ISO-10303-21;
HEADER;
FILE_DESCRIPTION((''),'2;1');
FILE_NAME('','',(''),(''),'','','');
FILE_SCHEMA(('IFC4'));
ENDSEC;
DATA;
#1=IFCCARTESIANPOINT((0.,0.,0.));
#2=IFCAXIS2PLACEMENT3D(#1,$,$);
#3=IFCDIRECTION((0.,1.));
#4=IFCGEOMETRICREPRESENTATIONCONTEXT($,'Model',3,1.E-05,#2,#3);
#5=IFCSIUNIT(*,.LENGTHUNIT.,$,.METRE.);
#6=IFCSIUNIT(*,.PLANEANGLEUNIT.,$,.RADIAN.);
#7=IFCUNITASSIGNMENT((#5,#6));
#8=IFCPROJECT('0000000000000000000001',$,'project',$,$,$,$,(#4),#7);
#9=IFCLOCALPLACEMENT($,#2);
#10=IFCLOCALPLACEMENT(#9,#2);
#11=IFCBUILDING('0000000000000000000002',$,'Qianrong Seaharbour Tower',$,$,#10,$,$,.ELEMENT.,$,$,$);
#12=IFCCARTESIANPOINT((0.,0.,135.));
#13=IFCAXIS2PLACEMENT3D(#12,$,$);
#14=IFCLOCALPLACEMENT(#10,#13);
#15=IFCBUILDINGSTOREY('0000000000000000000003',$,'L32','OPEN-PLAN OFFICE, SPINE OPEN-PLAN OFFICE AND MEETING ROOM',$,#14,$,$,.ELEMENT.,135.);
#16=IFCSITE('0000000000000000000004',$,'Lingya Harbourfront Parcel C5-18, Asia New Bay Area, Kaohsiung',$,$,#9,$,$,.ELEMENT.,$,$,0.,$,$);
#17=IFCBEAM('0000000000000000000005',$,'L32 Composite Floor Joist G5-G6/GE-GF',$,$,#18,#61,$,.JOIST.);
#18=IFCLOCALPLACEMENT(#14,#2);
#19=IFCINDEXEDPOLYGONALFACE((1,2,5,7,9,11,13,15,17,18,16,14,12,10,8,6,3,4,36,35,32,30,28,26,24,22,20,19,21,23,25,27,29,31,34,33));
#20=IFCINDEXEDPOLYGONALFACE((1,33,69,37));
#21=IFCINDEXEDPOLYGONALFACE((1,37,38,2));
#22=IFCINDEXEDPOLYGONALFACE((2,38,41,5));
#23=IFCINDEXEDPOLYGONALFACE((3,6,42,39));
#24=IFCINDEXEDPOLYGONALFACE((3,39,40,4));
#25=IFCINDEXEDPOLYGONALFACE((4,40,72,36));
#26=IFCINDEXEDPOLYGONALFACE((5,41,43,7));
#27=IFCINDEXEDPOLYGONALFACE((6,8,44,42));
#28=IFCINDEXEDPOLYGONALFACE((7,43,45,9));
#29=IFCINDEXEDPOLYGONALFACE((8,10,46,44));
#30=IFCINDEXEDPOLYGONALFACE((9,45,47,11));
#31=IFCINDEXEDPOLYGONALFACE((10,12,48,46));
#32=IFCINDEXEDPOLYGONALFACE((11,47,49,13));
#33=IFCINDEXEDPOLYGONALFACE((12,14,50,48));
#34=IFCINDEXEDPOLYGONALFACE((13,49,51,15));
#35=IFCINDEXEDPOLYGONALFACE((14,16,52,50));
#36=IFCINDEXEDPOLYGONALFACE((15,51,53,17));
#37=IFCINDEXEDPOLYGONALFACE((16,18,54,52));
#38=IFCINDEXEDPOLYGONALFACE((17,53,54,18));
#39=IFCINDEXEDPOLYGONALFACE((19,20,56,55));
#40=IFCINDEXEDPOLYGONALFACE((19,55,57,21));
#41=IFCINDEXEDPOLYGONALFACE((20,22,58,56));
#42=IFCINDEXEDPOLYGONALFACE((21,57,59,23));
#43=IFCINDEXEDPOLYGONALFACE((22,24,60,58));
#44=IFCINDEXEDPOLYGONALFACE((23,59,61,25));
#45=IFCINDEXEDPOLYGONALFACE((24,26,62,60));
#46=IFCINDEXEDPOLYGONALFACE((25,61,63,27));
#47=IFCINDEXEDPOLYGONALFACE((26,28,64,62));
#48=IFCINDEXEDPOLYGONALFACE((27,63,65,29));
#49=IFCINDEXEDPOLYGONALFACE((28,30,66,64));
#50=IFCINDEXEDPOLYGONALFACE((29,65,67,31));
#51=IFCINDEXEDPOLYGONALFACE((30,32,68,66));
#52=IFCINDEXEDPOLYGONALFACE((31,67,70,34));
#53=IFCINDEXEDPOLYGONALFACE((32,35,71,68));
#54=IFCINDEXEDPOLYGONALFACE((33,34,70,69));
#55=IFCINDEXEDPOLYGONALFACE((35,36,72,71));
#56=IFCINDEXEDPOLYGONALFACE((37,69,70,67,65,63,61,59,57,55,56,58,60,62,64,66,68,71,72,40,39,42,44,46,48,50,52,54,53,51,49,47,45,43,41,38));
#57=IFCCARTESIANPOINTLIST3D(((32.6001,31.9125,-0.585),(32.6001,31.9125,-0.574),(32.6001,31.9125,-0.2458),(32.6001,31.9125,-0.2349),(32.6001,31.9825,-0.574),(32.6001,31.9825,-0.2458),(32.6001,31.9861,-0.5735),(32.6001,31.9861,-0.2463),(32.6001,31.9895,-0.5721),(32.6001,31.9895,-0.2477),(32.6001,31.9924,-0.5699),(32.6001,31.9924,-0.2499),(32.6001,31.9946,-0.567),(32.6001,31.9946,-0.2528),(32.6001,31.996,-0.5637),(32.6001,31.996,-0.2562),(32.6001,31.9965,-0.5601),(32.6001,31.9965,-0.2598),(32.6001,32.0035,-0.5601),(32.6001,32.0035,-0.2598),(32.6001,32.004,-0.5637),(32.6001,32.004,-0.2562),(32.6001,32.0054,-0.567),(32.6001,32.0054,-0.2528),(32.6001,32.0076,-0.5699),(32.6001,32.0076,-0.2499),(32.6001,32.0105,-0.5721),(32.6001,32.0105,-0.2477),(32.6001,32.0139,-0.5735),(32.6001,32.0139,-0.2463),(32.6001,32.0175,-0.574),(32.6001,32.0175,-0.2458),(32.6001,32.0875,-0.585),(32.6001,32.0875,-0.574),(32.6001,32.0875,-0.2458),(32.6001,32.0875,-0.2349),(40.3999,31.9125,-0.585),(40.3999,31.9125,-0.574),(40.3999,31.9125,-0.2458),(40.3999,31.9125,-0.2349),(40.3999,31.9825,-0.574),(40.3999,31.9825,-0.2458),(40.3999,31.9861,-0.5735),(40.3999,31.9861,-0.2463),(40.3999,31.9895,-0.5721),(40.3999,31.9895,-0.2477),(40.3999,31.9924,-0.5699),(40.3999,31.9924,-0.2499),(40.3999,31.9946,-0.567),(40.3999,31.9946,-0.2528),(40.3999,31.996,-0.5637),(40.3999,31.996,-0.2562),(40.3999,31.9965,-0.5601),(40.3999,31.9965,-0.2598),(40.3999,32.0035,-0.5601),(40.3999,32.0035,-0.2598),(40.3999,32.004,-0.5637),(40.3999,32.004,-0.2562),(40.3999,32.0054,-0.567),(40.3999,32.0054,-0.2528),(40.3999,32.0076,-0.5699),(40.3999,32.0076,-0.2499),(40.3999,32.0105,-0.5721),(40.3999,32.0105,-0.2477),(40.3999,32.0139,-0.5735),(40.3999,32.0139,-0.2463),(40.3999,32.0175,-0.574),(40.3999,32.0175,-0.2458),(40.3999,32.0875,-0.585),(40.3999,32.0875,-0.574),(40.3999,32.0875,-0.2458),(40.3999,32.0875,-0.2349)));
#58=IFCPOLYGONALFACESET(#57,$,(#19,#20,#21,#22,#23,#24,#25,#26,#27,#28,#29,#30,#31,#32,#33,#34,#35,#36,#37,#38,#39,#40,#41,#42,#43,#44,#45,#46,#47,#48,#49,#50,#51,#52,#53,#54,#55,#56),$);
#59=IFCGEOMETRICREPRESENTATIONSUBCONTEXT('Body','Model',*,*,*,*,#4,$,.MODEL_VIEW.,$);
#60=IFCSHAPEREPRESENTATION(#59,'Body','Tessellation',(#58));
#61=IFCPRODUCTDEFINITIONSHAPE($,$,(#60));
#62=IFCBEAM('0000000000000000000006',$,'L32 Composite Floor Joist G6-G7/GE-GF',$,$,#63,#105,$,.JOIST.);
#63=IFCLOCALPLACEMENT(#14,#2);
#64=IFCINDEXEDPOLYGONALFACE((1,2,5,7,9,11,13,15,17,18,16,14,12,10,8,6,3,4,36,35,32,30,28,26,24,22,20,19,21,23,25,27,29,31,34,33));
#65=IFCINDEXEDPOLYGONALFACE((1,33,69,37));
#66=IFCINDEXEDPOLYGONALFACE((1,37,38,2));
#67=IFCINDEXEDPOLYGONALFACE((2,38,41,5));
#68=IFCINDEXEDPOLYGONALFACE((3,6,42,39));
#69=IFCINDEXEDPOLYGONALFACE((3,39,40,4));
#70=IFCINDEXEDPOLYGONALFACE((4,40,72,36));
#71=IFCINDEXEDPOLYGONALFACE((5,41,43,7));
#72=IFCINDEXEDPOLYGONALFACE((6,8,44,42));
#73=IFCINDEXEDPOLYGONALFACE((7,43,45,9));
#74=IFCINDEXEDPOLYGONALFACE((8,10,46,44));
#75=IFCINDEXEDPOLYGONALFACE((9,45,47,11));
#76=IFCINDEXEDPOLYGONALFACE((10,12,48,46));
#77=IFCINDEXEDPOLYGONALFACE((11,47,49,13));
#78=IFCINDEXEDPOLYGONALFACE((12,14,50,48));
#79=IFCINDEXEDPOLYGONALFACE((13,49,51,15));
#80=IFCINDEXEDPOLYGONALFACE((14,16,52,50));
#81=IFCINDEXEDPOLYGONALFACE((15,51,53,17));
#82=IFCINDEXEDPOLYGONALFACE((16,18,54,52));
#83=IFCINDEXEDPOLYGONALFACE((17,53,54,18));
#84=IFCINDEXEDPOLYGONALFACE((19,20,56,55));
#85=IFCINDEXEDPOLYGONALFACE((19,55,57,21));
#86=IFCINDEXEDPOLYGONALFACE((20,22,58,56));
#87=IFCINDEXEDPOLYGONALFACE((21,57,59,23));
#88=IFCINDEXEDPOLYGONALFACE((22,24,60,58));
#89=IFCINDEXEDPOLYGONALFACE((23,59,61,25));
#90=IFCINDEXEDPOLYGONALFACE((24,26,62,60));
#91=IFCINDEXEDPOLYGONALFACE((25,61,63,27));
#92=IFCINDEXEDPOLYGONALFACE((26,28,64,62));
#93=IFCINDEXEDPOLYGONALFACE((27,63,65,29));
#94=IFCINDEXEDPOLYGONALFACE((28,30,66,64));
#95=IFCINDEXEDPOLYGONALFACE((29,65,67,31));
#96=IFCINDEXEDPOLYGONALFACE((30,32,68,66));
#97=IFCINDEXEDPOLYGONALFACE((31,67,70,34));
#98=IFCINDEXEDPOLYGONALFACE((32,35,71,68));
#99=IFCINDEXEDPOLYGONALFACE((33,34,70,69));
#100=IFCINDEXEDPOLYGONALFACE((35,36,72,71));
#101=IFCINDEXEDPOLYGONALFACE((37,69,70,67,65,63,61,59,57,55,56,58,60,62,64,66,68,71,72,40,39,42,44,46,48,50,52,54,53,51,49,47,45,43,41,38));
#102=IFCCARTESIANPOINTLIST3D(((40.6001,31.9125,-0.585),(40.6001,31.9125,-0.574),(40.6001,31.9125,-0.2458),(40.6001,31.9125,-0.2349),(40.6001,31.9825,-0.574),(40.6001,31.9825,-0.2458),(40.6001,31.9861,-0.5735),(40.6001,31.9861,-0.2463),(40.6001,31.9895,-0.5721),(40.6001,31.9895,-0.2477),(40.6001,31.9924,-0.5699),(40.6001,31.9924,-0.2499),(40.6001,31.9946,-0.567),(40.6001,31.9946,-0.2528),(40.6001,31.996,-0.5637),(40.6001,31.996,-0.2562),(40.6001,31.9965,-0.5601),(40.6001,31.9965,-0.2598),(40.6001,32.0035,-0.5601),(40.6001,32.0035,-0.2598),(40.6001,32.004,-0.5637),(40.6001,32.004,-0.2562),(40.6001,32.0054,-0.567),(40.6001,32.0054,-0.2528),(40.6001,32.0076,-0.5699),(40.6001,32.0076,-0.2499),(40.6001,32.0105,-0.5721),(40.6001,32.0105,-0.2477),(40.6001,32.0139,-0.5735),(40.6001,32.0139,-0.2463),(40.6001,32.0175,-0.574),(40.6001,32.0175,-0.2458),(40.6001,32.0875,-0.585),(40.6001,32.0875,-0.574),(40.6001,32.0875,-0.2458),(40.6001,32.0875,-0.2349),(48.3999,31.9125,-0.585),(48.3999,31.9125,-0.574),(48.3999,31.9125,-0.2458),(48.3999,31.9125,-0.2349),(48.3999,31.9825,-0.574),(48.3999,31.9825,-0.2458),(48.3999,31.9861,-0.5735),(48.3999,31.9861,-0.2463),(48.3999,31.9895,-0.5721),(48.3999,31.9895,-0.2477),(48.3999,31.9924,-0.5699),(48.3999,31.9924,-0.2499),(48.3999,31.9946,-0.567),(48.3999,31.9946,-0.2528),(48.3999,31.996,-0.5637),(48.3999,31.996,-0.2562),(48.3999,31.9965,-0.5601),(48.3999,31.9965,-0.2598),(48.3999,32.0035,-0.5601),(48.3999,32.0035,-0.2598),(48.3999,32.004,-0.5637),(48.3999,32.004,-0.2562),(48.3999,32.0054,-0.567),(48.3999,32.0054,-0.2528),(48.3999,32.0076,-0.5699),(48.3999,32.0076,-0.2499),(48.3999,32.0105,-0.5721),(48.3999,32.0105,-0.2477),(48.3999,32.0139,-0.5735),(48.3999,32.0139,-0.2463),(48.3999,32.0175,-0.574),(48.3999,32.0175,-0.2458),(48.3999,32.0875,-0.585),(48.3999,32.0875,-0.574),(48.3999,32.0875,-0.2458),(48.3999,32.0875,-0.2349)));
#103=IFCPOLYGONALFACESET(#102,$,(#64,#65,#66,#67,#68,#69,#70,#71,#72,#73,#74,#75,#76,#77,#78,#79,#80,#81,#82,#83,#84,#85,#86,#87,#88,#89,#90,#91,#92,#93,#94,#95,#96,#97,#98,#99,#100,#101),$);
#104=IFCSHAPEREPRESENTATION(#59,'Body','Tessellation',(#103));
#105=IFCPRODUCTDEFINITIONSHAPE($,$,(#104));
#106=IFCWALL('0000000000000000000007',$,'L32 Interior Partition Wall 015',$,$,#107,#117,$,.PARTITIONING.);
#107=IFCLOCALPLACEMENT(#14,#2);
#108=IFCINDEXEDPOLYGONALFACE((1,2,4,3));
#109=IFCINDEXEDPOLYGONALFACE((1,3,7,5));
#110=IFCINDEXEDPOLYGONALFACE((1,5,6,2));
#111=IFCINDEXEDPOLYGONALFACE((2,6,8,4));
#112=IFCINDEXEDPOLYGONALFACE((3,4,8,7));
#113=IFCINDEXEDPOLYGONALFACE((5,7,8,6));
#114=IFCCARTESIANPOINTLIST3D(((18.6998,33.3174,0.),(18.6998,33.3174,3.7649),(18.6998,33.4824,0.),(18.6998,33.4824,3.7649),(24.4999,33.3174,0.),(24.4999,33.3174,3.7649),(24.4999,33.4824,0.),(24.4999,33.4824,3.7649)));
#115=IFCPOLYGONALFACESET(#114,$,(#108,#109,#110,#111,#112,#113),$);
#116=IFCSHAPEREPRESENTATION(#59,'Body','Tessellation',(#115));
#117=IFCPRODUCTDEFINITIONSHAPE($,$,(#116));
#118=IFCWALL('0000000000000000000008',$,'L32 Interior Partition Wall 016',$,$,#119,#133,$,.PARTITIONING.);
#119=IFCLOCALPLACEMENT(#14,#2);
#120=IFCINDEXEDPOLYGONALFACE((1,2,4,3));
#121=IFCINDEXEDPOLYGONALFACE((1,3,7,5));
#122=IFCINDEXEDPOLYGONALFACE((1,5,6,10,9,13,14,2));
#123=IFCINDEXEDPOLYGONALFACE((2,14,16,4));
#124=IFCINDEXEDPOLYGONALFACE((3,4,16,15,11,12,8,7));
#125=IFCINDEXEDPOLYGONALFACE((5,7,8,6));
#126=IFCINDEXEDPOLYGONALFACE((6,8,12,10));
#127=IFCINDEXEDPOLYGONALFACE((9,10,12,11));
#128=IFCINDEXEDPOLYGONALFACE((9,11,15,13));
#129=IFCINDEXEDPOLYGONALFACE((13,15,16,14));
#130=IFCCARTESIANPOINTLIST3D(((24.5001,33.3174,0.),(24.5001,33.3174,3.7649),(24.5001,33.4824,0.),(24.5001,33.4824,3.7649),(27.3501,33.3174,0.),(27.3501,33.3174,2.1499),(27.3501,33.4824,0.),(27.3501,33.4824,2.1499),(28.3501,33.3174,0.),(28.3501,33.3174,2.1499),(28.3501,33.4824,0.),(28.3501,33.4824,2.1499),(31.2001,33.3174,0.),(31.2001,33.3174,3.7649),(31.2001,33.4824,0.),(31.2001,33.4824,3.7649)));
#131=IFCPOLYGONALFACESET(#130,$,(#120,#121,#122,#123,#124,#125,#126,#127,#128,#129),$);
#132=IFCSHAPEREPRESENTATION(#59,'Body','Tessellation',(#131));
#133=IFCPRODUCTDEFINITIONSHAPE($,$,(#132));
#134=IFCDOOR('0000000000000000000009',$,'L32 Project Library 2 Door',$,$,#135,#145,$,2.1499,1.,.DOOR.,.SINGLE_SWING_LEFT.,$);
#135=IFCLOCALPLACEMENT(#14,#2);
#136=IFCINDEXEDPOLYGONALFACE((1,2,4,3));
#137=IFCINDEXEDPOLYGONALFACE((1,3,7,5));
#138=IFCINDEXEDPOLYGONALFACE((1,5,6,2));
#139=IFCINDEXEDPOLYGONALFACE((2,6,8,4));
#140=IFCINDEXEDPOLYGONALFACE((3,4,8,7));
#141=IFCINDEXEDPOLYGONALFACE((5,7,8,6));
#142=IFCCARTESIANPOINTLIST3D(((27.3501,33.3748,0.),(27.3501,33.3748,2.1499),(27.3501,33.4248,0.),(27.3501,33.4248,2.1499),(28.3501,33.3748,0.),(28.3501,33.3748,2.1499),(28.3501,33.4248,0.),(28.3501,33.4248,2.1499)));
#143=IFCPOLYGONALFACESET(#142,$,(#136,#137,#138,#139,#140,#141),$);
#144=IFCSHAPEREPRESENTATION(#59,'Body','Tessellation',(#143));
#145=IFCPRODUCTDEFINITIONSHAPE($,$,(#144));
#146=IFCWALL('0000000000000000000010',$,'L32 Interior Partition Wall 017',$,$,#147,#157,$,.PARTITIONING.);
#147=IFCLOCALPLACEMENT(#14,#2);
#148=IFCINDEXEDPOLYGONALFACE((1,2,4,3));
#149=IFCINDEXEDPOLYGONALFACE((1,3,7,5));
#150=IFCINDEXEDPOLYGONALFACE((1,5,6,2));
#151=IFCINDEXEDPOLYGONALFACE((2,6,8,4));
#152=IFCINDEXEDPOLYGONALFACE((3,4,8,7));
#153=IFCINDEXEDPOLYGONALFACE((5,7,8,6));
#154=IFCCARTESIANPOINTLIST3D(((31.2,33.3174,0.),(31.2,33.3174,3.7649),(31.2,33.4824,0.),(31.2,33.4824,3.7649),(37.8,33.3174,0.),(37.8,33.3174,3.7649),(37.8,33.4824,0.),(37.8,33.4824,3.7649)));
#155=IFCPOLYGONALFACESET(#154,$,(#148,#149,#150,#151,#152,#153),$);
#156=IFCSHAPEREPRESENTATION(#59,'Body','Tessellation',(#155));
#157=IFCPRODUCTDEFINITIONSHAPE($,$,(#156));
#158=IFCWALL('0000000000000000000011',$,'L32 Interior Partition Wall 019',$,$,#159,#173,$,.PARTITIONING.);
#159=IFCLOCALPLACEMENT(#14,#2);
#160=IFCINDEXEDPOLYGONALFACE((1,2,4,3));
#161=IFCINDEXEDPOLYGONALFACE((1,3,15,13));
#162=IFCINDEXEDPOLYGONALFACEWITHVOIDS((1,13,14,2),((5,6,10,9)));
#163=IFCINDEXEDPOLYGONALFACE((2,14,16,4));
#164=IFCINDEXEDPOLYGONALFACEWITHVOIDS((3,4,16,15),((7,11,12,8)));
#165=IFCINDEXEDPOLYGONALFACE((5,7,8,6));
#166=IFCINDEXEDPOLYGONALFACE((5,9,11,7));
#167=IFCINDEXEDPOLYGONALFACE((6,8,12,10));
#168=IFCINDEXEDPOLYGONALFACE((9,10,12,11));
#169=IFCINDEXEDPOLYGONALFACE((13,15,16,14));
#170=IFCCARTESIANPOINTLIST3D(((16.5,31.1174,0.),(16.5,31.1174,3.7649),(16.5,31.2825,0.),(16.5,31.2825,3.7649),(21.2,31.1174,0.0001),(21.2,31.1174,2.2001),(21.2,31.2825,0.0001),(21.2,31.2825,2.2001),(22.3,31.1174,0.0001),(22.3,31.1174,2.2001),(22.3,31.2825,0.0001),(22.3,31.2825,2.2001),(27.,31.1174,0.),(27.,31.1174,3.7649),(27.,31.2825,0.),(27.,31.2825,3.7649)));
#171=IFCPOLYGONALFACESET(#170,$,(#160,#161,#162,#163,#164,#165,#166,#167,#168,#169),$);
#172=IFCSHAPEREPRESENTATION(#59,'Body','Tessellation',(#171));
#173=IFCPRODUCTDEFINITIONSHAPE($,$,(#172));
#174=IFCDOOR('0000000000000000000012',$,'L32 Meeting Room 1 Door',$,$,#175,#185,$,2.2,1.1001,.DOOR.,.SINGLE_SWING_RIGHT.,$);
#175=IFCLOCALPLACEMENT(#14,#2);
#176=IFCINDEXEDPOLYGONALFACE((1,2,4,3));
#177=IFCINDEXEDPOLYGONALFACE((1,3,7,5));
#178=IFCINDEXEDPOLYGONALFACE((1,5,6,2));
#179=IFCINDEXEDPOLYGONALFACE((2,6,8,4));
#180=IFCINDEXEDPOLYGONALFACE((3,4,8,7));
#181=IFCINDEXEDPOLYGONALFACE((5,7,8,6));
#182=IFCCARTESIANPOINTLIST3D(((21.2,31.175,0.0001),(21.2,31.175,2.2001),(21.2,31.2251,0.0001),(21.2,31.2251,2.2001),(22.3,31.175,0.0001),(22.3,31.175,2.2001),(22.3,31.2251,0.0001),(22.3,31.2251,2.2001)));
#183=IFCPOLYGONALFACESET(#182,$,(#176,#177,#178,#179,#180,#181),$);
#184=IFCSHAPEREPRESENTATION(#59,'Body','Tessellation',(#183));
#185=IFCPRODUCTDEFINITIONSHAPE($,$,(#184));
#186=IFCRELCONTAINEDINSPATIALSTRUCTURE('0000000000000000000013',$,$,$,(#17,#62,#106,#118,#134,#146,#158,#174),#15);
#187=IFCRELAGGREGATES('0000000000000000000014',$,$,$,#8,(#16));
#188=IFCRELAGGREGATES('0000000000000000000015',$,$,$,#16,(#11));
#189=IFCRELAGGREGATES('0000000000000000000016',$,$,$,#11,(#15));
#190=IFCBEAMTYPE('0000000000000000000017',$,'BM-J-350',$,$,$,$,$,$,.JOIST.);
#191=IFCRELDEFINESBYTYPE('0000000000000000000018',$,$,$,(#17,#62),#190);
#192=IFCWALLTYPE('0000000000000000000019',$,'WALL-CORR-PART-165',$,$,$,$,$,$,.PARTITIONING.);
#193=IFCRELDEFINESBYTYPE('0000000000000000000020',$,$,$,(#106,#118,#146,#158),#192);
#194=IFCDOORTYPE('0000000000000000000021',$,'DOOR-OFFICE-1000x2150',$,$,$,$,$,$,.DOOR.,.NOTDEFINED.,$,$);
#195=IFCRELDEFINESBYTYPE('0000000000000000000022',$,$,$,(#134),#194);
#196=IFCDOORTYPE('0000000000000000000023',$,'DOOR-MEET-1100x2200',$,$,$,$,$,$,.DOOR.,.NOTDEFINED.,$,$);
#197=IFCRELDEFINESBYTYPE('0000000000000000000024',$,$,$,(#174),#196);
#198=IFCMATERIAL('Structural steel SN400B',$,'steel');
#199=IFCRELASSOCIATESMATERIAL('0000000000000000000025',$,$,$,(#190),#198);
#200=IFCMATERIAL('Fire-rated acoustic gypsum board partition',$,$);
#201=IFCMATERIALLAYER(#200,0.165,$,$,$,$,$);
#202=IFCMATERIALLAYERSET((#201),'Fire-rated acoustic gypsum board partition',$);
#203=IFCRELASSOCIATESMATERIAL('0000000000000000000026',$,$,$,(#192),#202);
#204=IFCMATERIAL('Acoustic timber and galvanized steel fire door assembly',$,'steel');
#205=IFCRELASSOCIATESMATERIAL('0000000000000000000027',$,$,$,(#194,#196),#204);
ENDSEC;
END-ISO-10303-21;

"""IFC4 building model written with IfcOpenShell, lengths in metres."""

from ifc_helpers import new_model, si_unit, direction, frame, frame_2d, origin, origin_2d, place, context, subcontext, project, spatial, rectangle, i_section, extrude, material, layer, layer_set, material_profile, profile_set, type_object, element, fill, save


model = new_model("IFC4")

# Units and contexts
model_context = context("Model", 3, precision=1e-05, world=origin(), true_north=direction((0.0, 1.0)))
body_context = subcontext(model_context, "Body", "Model", "MODEL_VIEW")
ifc_project = project(units=[si_unit("LENGTHUNIT", "METRE"), si_unit("PLANEANGLEUNIT", "RADIAN")], contexts=[model_context])

# Site, building, storey
site_placement = place(None, origin())
site = spatial("IfcSite", under=ifc_project, at=site_placement, Name="Lingya Harbourfront Parcel C5-18, Asia New Bay Area, Kaohsiung", CompositionType="ELEMENT", RefElevation=0.0)
building_placement = place(site_placement, origin())
building = spatial("IfcBuilding", under=site, at=building_placement, Name="Qianrong Seaharbour Tower", CompositionType="ELEMENT")
storey_placement = place(building_placement, frame((0.0, 0.0, 135.0)))
storey = spatial("IfcBuildingStorey", under=building, at=storey_placement, Name="L32", Description="OPEN-PLAN OFFICE, SPINE OPEN-PLAN OFFICE AND MEETING ROOM", CompositionType="ELEMENT", Elevation=135.0)

# Beams
ifc_material_1 = material(Name="Structural steel SN400B", Category="steel")
ifc_material_profile_1 = material_profile(ifc_material_1, i_section(OverallWidth=0.175, OverallDepth=0.3501, WebThickness=0.0071, FlangeThickness=0.011, FilletRadius=0.0139, at=origin_2d()), Name="H350x175x7x11")
ifc_profile_set_1 = profile_set([ifc_material_profile_1], Name="Structural steel SN400B")
beam_type_1 = type_object("IfcBeamType", Name="BM-J-350", PredefinedType="JOIST", material=ifc_profile_set_1)
for number, where, z_axis, x_axis, name in (
    (1, (32.6001, 32.0, -0.4099), (1.0, 0.0, 0.0), (0.0, 1.0, 0.0), "L32 Composite Floor Joist G5-G6/GE-GF"),
    (2, (40.6001, 32.0, -0.4099), (1.0, 0.0, 0.0), (0.0, 1.0, 0.0), "L32 Composite Floor Joist G6-G7/GE-GF"),
):
    element("IfcBeam", number, at=place(storey_placement, frame(where, z_axis=z_axis, x_axis=x_axis)), inside=storey, type_object=beam_type_1, Name=name, PredefinedType="JOIST", context=body_context, shape_type="SweptSolid", body=[
        extrude(i_section(OverallWidth=0.175, OverallDepth=0.3501, WebThickness=0.0071, FlangeThickness=0.011, FilletRadius=0.0139, at=origin_2d()), origin(), (0.0, 0.0, 1.0), 7.7998),
    ])

# Wall
ifc_material_2 = material(Name="Fire-rated acoustic gypsum board partition")
ifc_layer_1 = layer(ifc_material_2, 0.165)
ifc_layer_set_1 = layer_set([ifc_layer_1], Name="Fire-rated acoustic gypsum board partition")
wall_type_1 = type_object("IfcWallType", Name="WALL-CORR-PART-165", PredefinedType="PARTITIONING", material=ifc_layer_set_1)
wall_1_placement = place(storey_placement, frame((18.7, 33.3999, 0.0), z_axis=(0.0, 0.0, 1.0), x_axis=(1.0, 0.0, 0.0)))
element("IfcWall", 3, at=wall_1_placement, inside=storey, type_object=wall_type_1, Name="L32 Interior Partition Wall 015", PredefinedType="PARTITIONING", context=body_context, shape_type="SweptSolid", body=[
    extrude(rectangle(XDim=5.8, YDim=0.165, at=frame_2d((2.8999, 0.0))), origin(), (0.0, 0.0, 1.0), 3.7649),
])

# Wall, opening, door
wall_2_placement = place(storey_placement, frame((24.5, 33.3999, 0.0), z_axis=(0.0, 0.0, 1.0), x_axis=(1.0, 0.0, 0.0)))
wall_2 = element("IfcWall", 4, at=wall_2_placement, inside=storey, type_object=wall_type_1, Name="L32 Interior Partition Wall 016", PredefinedType="PARTITIONING", context=body_context, shape_type="SweptSolid", body=[
    extrude(rectangle(XDim=6.7, YDim=0.165, at=frame_2d((3.3501, 0.0))), origin(), (0.0, 0.0, 1.0), 3.7649),
])
opening_1_placement = place(wall_2_placement, frame((2.8501, 0.0, 0.0)))
opening_1 = element("IfcOpeningElement", 5, at=opening_1_placement, cuts=wall_2, PredefinedType="OPENING", context=body_context, shape_type="SweptSolid", body=[
    extrude(rectangle(XDim=1.0, YDim=2.1499, at=frame_2d((0.5, 1.075))), frame((0.0, 0.0925, 0.0), z_axis=(0.0, -1.0, 0.0), x_axis=(1.0, 0.0, 0.0)), (0.0, 0.0, 1.0), 0.1851),
])
ifc_material_3 = material(Name="Acoustic timber and galvanized steel fire door assembly", Category="steel")
door_type_1 = type_object("IfcDoorType", Name="DOOR-OFFICE-1000x2150", OperationType="NOTDEFINED", PredefinedType="DOOR", material=ifc_material_3)
door_1_placement = place(opening_1_placement, origin())
door_1 = element("IfcDoor", 6, at=door_1_placement, inside=storey, type_object=door_type_1, Name="L32 Project Library 2 Door", OperationType="SINGLE_SWING_LEFT", OverallHeight=2.1499, OverallWidth=1.0, PredefinedType="DOOR", context=body_context, shape_type="SweptSolid", body=[
    extrude(rectangle(XDim=1.0, YDim=2.1499, at=frame_2d((0.5, 1.075))), frame((0.0, 0.0249, 0.0), z_axis=(0.0, -1.0, 0.0), x_axis=(1.0, 0.0, 0.0)), (0.0, 0.0, 1.0), 0.05),
])
fill(opening_1, door_1)

# Wall
wall_3_placement = place(storey_placement, frame((31.2, 33.3999, 0.0), z_axis=(0.0, 0.0, 1.0), x_axis=(1.0, 0.0, 0.0)))
element("IfcWall", 7, at=wall_3_placement, inside=storey, type_object=wall_type_1, Name="L32 Interior Partition Wall 017", PredefinedType="PARTITIONING", context=body_context, shape_type="SweptSolid", body=[
    extrude(rectangle(XDim=6.6001, YDim=0.165, at=frame_2d((3.3, 0.0))), origin(), (0.0, 0.0, 1.0), 3.7649),
])

# Wall, opening, door
wall_4_placement = place(storey_placement, frame((27.0, 31.2, 0.0), z_axis=(0.0, 0.0, 1.0), x_axis=(-1.0, 0.0, 0.0)))
wall_4 = element("IfcWall", 8, at=wall_4_placement, inside=storey, type_object=wall_type_1, Name="L32 Interior Partition Wall 019", PredefinedType="PARTITIONING", context=body_context, shape_type="SweptSolid", body=[
    extrude(rectangle(XDim=10.5, YDim=0.165, at=frame_2d((5.25, 0.0))), origin(), (0.0, 0.0, 1.0), 3.7649),
])
opening_2_placement = place(wall_4_placement, frame((4.7, 0.0, 0.0)))
opening_2 = element("IfcOpeningElement", 9, at=opening_2_placement, cuts=wall_4, PredefinedType="OPENING", context=body_context, shape_type="SweptSolid", body=[
    extrude(rectangle(XDim=1.1001, YDim=2.2, at=frame_2d((0.55, 1.1001))), frame((0.0, 0.0925, 0.0), z_axis=(0.0, -1.0, 0.0), x_axis=(1.0, 0.0, 0.0)), (0.0, 0.0, 1.0), 0.1851),
])
door_type_2 = type_object("IfcDoorType", Name="DOOR-MEET-1100x2200", OperationType="NOTDEFINED", PredefinedType="DOOR", material=ifc_material_3)
door_2_placement = place(opening_2_placement, origin())
door_2 = element("IfcDoor", 10, at=door_2_placement, inside=storey, type_object=door_type_2, Name="L32 Meeting Room 1 Door", OperationType="SINGLE_SWING_RIGHT", OverallHeight=2.2, OverallWidth=1.1001, PredefinedType="DOOR", context=body_context, shape_type="SweptSolid", body=[
    extrude(rectangle(XDim=1.1001, YDim=2.2, at=frame_2d((0.55, 1.1001))), frame((0.0, 0.0249, 0.0), z_axis=(0.0, -1.0, 0.0), x_axis=(1.0, 0.0, 0.0)), (0.0, 0.0, 1.0), 0.05),
])
fill(opening_2, door_2)

save(model, "model.ifc")
